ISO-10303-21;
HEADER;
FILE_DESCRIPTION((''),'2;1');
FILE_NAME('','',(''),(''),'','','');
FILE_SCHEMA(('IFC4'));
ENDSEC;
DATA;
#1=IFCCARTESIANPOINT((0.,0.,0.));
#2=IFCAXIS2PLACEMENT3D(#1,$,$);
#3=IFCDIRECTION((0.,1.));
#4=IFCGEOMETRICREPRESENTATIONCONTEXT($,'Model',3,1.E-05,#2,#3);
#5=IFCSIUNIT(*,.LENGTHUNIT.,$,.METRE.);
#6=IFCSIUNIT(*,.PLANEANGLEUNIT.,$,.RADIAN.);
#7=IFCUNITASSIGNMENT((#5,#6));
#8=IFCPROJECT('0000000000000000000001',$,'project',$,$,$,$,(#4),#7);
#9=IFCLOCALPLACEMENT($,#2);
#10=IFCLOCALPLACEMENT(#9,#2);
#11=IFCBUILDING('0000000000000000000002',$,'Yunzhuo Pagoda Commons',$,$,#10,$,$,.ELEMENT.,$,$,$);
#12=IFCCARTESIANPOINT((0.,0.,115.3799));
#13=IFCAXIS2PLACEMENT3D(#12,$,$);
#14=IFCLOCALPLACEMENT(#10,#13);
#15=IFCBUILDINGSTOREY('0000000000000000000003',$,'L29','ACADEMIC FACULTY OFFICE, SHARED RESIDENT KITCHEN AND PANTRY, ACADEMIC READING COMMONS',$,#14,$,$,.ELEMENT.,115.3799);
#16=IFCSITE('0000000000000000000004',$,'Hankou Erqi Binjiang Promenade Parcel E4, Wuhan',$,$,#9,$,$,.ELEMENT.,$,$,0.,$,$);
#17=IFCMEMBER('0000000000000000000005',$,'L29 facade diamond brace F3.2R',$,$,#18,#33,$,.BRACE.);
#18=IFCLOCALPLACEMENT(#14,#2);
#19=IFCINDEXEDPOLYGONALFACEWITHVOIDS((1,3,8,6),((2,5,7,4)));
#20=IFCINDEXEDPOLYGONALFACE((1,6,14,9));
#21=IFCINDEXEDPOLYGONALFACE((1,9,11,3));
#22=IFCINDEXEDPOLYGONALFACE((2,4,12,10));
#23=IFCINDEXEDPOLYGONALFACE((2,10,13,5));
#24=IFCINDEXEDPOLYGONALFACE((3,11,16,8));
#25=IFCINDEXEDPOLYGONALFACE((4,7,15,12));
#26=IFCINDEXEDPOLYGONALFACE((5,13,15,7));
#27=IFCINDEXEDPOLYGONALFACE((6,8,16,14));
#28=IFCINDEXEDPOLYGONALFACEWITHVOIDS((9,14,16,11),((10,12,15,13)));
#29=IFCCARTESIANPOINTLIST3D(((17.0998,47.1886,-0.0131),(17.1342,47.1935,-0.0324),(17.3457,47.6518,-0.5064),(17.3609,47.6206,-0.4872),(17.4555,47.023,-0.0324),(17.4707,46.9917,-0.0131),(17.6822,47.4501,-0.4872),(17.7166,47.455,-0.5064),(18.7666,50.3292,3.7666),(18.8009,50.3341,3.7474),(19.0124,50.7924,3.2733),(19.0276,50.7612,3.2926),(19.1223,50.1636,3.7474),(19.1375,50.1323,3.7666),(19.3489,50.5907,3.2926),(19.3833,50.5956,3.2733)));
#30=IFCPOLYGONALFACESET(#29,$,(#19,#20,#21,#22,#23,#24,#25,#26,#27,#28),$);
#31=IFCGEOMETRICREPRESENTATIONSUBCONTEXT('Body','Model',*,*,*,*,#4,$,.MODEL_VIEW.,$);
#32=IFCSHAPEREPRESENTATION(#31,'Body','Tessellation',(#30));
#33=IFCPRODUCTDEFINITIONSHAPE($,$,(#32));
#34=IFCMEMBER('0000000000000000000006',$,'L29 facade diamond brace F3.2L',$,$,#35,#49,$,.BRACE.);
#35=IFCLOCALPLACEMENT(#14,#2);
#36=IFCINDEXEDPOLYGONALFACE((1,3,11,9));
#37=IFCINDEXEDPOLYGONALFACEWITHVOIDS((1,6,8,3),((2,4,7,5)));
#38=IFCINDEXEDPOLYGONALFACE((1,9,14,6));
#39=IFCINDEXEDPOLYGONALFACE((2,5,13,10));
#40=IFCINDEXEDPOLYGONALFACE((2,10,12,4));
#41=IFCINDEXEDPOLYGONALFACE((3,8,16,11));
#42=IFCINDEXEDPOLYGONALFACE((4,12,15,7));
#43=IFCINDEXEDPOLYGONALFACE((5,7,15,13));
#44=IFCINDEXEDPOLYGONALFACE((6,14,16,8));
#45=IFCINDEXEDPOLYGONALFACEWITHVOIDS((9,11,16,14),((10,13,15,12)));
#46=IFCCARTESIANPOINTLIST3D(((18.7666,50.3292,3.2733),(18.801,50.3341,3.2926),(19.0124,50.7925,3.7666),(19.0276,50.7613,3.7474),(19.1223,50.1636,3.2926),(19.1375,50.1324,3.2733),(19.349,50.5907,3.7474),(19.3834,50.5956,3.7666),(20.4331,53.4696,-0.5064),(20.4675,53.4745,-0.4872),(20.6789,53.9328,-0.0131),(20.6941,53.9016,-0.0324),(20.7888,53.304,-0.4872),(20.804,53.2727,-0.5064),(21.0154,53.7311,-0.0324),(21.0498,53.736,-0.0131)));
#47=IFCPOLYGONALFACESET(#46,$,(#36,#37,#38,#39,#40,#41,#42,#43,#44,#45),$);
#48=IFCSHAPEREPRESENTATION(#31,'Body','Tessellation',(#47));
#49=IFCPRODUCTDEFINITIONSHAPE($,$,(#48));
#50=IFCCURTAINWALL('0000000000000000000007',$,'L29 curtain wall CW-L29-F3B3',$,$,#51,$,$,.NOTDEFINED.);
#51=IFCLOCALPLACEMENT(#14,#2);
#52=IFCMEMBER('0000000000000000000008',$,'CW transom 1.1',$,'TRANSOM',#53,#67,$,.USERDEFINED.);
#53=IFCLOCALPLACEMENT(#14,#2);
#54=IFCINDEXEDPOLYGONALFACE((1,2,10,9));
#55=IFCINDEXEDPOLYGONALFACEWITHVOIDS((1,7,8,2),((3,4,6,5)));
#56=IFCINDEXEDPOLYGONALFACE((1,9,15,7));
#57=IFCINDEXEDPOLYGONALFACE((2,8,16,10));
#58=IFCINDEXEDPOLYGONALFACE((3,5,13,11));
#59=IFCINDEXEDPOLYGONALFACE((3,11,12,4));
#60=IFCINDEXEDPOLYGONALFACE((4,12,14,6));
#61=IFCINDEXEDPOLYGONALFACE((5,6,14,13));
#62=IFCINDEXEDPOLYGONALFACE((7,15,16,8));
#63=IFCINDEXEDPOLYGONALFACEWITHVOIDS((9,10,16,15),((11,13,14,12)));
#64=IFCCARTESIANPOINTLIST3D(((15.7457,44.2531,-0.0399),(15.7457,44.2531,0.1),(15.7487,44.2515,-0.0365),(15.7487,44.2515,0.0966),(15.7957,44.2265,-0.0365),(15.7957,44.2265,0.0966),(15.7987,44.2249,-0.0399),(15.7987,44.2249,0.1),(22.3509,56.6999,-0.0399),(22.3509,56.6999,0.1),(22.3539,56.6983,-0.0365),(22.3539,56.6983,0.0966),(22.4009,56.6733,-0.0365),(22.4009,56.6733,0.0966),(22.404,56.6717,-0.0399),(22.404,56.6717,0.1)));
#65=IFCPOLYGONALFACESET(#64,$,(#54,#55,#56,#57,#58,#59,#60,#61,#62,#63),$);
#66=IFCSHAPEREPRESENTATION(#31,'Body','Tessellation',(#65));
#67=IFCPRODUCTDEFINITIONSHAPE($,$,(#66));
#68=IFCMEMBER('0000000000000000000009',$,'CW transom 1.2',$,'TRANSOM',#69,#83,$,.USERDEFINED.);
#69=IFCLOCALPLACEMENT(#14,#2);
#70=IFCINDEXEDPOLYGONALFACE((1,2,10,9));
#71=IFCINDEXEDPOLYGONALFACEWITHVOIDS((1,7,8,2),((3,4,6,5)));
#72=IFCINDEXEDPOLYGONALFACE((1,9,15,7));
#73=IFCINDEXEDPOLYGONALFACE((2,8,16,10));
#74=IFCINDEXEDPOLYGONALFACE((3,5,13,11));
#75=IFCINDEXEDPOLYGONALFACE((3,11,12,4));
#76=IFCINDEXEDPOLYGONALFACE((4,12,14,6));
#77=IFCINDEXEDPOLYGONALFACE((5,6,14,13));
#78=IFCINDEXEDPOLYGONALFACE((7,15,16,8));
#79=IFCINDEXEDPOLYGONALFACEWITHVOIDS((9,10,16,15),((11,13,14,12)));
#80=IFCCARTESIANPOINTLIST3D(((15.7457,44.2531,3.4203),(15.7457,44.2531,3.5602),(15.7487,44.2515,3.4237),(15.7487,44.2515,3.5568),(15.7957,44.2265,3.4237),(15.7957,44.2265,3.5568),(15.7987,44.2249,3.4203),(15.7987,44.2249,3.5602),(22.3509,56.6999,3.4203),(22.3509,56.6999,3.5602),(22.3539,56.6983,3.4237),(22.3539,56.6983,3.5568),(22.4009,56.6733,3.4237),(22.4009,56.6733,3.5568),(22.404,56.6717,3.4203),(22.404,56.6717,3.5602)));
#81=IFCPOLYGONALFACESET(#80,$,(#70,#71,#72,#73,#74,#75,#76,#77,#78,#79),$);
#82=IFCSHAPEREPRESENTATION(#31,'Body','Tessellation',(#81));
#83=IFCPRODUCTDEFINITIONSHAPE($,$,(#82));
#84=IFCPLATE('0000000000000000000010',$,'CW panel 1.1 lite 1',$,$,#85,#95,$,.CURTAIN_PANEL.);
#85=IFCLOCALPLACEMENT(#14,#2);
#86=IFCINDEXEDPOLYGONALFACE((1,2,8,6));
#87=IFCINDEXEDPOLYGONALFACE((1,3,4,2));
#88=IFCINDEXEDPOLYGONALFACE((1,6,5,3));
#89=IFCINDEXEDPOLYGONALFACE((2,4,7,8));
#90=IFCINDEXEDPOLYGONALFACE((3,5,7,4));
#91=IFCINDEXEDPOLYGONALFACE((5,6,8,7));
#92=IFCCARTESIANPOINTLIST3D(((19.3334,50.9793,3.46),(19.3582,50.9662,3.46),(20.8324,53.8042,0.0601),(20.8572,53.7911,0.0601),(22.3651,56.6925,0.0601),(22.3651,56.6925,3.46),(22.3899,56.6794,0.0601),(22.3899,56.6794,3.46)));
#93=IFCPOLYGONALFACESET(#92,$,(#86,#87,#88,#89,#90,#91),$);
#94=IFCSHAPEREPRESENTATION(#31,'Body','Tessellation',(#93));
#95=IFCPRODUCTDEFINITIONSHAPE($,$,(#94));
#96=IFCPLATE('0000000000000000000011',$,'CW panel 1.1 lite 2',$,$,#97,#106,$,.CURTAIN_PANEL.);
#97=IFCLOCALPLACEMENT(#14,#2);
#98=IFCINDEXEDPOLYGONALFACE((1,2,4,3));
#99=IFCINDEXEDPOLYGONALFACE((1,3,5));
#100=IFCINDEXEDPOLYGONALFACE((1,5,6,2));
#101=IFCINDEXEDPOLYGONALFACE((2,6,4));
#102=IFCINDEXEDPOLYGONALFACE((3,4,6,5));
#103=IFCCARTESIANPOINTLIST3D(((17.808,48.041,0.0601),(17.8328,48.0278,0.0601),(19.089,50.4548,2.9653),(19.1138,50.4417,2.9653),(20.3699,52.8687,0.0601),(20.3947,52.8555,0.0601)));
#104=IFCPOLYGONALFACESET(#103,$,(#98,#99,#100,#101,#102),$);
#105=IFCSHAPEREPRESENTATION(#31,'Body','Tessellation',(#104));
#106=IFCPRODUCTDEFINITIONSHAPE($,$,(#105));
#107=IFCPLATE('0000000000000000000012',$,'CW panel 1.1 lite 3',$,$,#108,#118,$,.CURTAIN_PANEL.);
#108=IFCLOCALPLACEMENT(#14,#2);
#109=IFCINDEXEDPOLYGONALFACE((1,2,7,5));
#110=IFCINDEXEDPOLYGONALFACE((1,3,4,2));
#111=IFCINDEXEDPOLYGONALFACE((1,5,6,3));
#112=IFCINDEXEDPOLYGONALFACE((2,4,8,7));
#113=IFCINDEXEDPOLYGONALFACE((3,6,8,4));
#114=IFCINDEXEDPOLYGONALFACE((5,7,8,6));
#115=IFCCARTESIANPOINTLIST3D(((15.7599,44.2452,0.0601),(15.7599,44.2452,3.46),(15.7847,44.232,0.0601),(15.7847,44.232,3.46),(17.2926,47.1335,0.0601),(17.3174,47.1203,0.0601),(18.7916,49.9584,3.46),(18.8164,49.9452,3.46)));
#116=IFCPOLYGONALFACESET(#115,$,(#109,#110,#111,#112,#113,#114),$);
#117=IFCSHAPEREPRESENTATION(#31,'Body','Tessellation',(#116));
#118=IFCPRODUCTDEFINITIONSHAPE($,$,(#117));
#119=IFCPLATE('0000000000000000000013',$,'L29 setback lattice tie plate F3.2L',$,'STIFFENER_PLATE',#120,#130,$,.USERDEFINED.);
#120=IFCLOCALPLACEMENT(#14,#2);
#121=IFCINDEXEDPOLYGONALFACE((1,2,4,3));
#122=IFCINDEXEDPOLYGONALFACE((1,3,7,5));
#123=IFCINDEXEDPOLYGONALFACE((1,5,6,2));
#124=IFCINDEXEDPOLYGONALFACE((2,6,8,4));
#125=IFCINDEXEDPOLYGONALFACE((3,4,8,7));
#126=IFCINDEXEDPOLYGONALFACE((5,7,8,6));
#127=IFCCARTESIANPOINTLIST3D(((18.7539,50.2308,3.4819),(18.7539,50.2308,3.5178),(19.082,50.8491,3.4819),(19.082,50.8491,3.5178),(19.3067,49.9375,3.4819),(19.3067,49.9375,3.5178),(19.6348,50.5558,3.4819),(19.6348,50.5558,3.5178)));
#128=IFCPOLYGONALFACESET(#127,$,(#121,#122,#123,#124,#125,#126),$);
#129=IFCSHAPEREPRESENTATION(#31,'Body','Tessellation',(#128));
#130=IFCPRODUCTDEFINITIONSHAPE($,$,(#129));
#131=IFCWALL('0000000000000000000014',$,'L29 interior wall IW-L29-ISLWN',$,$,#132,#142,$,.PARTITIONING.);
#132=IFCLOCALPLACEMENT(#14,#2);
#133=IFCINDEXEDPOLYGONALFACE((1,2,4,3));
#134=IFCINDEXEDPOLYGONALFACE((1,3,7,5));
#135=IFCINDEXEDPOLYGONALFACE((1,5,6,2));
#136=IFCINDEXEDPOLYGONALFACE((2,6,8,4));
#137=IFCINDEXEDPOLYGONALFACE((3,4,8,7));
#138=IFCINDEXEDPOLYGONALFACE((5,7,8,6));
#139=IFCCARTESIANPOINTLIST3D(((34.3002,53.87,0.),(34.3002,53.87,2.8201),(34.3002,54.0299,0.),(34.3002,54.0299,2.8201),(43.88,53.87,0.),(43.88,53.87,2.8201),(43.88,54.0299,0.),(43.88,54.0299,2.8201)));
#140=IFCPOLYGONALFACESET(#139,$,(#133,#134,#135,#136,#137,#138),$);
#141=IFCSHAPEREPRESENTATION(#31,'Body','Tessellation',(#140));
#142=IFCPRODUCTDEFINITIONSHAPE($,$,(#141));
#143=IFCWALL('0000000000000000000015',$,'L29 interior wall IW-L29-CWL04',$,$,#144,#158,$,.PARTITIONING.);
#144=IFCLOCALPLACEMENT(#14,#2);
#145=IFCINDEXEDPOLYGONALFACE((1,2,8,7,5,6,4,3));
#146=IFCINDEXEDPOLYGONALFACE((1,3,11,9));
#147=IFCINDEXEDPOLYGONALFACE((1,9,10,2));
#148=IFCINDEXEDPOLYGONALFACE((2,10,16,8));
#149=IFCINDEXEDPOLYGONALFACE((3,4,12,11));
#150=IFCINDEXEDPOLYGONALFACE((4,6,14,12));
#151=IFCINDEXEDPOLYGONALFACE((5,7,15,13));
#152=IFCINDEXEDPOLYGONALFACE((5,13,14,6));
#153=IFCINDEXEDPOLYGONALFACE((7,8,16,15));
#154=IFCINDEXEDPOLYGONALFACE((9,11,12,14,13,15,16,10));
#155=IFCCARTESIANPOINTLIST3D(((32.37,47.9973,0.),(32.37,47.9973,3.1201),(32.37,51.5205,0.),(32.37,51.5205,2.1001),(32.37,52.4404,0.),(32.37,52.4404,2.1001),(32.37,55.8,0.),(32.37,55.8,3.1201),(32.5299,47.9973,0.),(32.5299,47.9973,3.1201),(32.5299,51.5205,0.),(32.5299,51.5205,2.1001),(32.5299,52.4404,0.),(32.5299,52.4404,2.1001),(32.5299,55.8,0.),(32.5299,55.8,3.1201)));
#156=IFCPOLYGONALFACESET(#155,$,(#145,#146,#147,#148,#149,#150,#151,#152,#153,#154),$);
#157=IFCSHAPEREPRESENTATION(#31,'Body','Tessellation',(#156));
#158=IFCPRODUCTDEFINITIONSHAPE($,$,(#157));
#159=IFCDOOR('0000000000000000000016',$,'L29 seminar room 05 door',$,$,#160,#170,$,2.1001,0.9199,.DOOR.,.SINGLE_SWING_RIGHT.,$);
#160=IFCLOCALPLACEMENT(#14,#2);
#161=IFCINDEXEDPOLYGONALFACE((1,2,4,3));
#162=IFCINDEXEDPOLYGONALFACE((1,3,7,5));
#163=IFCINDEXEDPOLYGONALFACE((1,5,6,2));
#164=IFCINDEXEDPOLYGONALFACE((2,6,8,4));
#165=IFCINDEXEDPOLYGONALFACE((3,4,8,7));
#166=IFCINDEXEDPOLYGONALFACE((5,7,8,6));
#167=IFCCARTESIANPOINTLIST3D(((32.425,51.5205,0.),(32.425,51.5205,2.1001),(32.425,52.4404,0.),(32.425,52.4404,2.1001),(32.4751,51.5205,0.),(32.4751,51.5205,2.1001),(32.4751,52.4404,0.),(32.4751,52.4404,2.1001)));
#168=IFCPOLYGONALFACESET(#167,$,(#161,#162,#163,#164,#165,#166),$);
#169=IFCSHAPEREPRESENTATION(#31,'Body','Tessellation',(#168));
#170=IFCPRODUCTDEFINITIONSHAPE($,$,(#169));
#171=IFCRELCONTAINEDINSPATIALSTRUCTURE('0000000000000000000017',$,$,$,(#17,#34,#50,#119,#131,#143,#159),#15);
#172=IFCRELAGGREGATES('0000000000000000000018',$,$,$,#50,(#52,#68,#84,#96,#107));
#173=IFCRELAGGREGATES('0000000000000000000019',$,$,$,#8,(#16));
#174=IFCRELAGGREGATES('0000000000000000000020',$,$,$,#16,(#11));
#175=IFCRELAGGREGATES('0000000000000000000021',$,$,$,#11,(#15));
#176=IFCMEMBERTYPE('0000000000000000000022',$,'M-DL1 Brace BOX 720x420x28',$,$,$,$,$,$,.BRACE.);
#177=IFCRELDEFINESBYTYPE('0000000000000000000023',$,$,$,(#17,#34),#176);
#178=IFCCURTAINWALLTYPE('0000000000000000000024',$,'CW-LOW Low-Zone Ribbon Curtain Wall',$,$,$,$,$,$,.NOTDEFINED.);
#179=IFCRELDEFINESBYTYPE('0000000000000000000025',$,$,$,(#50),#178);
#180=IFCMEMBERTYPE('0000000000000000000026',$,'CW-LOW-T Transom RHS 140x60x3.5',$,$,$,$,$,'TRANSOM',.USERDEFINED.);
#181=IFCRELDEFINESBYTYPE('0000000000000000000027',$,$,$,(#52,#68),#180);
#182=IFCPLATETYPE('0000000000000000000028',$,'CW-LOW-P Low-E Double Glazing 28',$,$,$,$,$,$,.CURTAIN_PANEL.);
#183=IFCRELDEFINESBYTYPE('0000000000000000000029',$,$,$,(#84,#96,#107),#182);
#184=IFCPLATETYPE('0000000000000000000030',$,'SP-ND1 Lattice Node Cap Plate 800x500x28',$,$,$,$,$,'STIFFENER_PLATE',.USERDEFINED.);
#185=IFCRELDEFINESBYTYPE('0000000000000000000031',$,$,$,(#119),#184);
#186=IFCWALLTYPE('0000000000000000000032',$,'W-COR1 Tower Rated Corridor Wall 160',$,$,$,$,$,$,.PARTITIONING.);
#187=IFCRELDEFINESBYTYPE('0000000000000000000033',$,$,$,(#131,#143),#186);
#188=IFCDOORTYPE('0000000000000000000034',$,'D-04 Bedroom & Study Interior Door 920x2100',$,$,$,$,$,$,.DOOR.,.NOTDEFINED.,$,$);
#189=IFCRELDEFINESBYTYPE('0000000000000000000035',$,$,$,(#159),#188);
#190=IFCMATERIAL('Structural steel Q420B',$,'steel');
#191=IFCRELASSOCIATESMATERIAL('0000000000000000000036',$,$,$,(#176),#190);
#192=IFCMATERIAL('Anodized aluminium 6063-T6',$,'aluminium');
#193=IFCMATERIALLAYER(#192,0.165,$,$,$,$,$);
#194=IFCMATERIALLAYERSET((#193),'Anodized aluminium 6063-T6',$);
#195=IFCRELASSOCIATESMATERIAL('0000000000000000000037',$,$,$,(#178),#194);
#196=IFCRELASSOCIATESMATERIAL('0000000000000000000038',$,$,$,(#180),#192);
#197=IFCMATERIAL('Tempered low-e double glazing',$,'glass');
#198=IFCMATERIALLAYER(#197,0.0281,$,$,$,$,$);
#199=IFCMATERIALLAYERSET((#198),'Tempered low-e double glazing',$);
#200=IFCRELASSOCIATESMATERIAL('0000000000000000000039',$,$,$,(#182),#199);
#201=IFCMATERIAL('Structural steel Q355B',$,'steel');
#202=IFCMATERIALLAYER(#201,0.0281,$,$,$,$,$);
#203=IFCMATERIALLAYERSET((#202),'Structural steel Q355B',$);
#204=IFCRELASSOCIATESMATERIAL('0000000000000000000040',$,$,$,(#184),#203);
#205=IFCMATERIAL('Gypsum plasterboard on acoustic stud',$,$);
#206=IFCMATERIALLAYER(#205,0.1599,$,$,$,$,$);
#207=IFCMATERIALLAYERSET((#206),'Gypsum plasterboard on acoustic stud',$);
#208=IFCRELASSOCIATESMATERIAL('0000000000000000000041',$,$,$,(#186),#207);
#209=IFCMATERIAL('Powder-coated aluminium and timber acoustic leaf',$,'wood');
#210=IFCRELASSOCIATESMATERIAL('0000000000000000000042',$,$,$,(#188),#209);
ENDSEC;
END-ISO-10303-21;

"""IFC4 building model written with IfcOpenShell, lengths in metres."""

from ifc_helpers import new_model, si_unit, direction, frame, frame_2d, origin, origin_with_axes, origin_2d, place, context, subcontext, project, spatial, polyline, rectangle, hollow_rectangle, outline, extrude, source, transform, mapped, material, layer, layer_set, material_profile, profile_set, type_object, element, fill, aggregate, save


model = new_model("IFC4")

# Units and contexts
model_context = context("Model", 3, precision=1e-05, world=origin(), true_north=direction((0.0, 1.0)))
body_context = subcontext(model_context, "Body", "Model", "MODEL_VIEW")
ifc_project = project(units=[si_unit("LENGTHUNIT", "METRE"), si_unit("PLANEANGLEUNIT", "RADIAN")], contexts=[model_context])

# Site, building, storey
site_placement = place(None, origin())
site = spatial("IfcSite", under=ifc_project, at=site_placement, Name="Hankou Erqi Binjiang Promenade Parcel E4, Wuhan", CompositionType="ELEMENT", RefElevation=0.0)
building_placement = place(site_placement, origin())
building = spatial("IfcBuilding", under=site, at=building_placement, Name="Yunzhuo Pagoda Commons", CompositionType="ELEMENT")
storey_placement = place(building_placement, frame((0.0, 0.0, 115.3799)))
storey = spatial("IfcBuildingStorey", under=building, at=storey_placement, Name="L29", Description="ACADEMIC FACULTY OFFICE, SHARED RESIDENT KITCHEN AND PANTRY, ACADEMIC READING COMMONS", CompositionType="ELEMENT", Elevation=115.3799)

# Shared definitions
ifc_material_1 = material(Name="Structural steel Q420B", Category="steel")

# Shared definitions
ifc_material_2 = material(Name="Structural steel Q355B", Category="steel")

# Members
ifc_material_profile_1 = material_profile(ifc_material_1, hollow_rectangle(XDim=0.4199, YDim=0.72, WallThickness=0.0281, at=origin_2d()), Name="Structural steel Q420B")
ifc_profile_set_1 = profile_set([ifc_material_profile_1], Name="Structural steel Q420B")
member_type_1 = type_object("IfcMemberType", Name="M-DL1 Brace BOX 720x420x28", PredefinedType="BRACE", material=ifc_profile_set_1)
shared_shape_1 = source(origin(), body_context, "Body", "SweptSolid", [
    extrude(hollow_rectangle(XDim=0.4199, YDim=0.72, WallThickness=0.0281, at=origin_2d()), origin(), (0.0, 0.0, 1.0), 5.1892),
])
member_1_placement = place(storey_placement, frame((17.4082, 47.3218, -0.2598), z_axis=(0.321192, 0.605217, 0.728387), x_axis=(-0.883315, 0.46878, 0.0)))
element("IfcMember", 1, at=member_1_placement, inside=storey, type_object=member_type_1, Name="L29 facade diamond brace F3.2R", PredefinedType="BRACE", context=body_context, shape_type="MappedRepresentation", body=[
    mapped(shared_shape_1, transform((0.0, 0.0, 0.0), scale=1.0)),
])
shared_shape_2 = source(origin(), body_context, "Body", "SweptSolid", [
    extrude(hollow_rectangle(XDim=0.4199, YDim=0.72, WallThickness=0.0281, at=origin_2d()), origin(), (0.0, 0.0, 1.0), 5.189),
])
member_2_placement = place(storey_placement, frame((20.7415, 53.6028, -0.2598), z_axis=(-0.321159, -0.605196, 0.728419), x_axis=(0.883328, -0.468755, 0.0)))
element("IfcMember", 2, at=member_2_placement, inside=storey, type_object=member_type_1, Name="L29 facade diamond brace F3.2L", PredefinedType="BRACE", context=body_context, shape_type="MappedRepresentation", body=[
    mapped(shared_shape_2, transform((0.0, 0.0, 0.0), scale=1.0)),
])

# Curtain wall, members, plates
ifc_material_3 = material(Name="Anodized aluminium 6063-T6", Category="aluminium")
ifc_layer_1 = layer(ifc_material_3, 0.165)
ifc_layer_set_1 = layer_set([ifc_layer_1], Name="Anodized aluminium 6063-T6")
curtain_wall_type = type_object("IfcCurtainWallType", Name="CW-LOW Low-Zone Ribbon Curtain Wall", PredefinedType="NOTDEFINED", material=ifc_layer_set_1)
curtain_wall_placement = place(storey_placement, origin())
curtain_wall = element("IfcCurtainWall", 3, at=curtain_wall_placement, inside=storey, type_object=curtain_wall_type, Name="L29 curtain wall CW-L29-F3B3", PredefinedType="NOTDEFINED")
ifc_material_profile_2 = material_profile(ifc_material_3, hollow_rectangle(XDim=0.0601, YDim=0.1399, WallThickness=0.0034, at=origin_2d()), Name="Anodized aluminium 6063-T6")
ifc_profile_set_2 = profile_set([ifc_material_profile_2], Name="Anodized aluminium 6063-T6")
member_type_2 = type_object("IfcMemberType", Name="CW-LOW-T Transom RHS 140x60x3.5", ElementType="TRANSOM", PredefinedType="USERDEFINED", material=ifc_profile_set_2)
shared_shape_3 = source(origin(), body_context, "Body", "SweptSolid", [
    extrude(hollow_rectangle(XDim=0.0601, YDim=0.1399, WallThickness=0.0034, at=origin_2d()), origin(), (0.0, 0.0, 1.0), 14.0908),
])
member_3_placement = place(storey_placement, frame((22.3774, 56.6858, 0.03), z_axis=(-0.468761, -0.883325, 0.0), x_axis=(0.883325, -0.468761, 0.0)))
member_3 = element("IfcMember", 4, at=member_3_placement, type_object=member_type_2, Name="CW transom 1.1", ObjectType="TRANSOM", PredefinedType="USERDEFINED", context=body_context, shape_type="MappedRepresentation", body=[
    mapped(shared_shape_3, transform((0.0, 0.0, 0.0), scale=1.0)),
])
member_4_placement = place(storey_placement, frame((22.3774, 56.6858, 3.4902), z_axis=(-0.468761, -0.883325, 0.0), x_axis=(0.883325, -0.468761, 0.0)))
member_4 = element("IfcMember", 5, at=member_4_placement, type_object=member_type_2, Name="CW transom 1.2", ObjectType="TRANSOM", PredefinedType="USERDEFINED", context=body_context, shape_type="MappedRepresentation", body=[
    mapped(shared_shape_3, transform((0.0, 0.0, 0.0), scale=1.0)),
])
ifc_material_4 = material(Name="Tempered low-e double glazing", Category="glass")
ifc_layer_2 = layer(ifc_material_4, 0.0281)
ifc_layer_set_2 = layer_set([ifc_layer_2], Name="Tempered low-e double glazing")
plate_type_1 = type_object("IfcPlateType", Name="CW-LOW-P Low-E Double Glazing 28", PredefinedType="CURTAIN_PANEL", material=ifc_layer_set_2)
plate_1_placement = place(storey_placement, frame((20.874, 53.8228, 1.76), z_axis=(-0.883333, 0.468746, 0.0), x_axis=(-0.468746, -0.883333, 0.0)))
plate_1 = element("IfcPlate", 6, at=plate_1_placement, type_object=plate_type_1, Name="CW panel 1.1 lite 1", PredefinedType="CURTAIN_PANEL", context=body_context, shape_type="SweptSolid", body=[
    extrude(outline(polyline([(-3.2339, -1.7), (0.0359, -1.7), (3.2339, 1.7), (-3.2339, 1.7), (-3.2339, -1.7)])), origin(), (0.0, 0.0, 1.0), 0.0281),
])
plate_2_placement = place(storey_placement, frame((19.1138, 50.4417, 1.5127), z_axis=(-0.883333, 0.468746, 0.0), x_axis=(-0.468746, -0.883333, 0.0)))
plate_2 = element("IfcPlate", 7, at=plate_2_placement, type_object=plate_type_1, Name="CW panel 1.1 lite 2", PredefinedType="CURTAIN_PANEL", context=body_context, shape_type="SweptSolid", body=[
    extrude(outline(polyline([(-2.7327, -1.4526), (2.7327, -1.4526), (0.0, 1.4526), (-2.7327, -1.4526)])), origin(), (0.0, 0.0, 1.0), 0.0281),
])
plate_3_placement = place(storey_placement, frame((17.3005, 47.0886, 1.76), z_axis=(-0.883333, 0.468746, 0.0), x_axis=(-0.468746, -0.883333, 0.0)))
plate_3 = element("IfcPlate", 8, at=plate_3_placement, type_object=plate_type_1, Name="CW panel 1.1 lite 3", PredefinedType="CURTAIN_PANEL", context=body_context, shape_type="SweptSolid", body=[
    extrude(outline(polyline([(-3.2339, 1.7), (-0.0359, -1.7), (3.2339, -1.7), (3.2339, 1.7), (-3.2339, 1.7)])), origin(), (0.0, 0.0, 1.0), 0.0281),
])
aggregate(curtain_wall, [member_3, member_4, plate_1, plate_2, plate_3])

# Plate
ifc_layer_3 = layer(ifc_material_2, 0.0281)
ifc_layer_set_3 = layer_set([ifc_layer_3], Name="Structural steel Q355B")
plate_type_2 = type_object("IfcPlateType", Name="SP-ND1 Lattice Node Cap Plate 800x500x28", ElementType="STIFFENER_PLATE", PredefinedType="USERDEFINED", material=ifc_layer_set_3)
shared_shape_4 = source(origin(), body_context, "Body", "SweptSolid", [
    extrude(rectangle(XDim=0.7, YDim=0.6257, at=origin_2d()), origin(), (0.0, 0.0, 1.0), 0.0359),
])
plate_4_placement = place(storey_placement, frame((19.1943, 50.3933, 3.4819), z_axis=(0.0, 0.0, 1.0), x_axis=(-0.468747, -0.883332, 0.0)))
element("IfcPlate", 9, at=plate_4_placement, inside=storey, type_object=plate_type_2, Name="L29 setback lattice tie plate F3.2L", ObjectType="STIFFENER_PLATE", PredefinedType="USERDEFINED", context=body_context, shape_type="MappedRepresentation", body=[
    mapped(shared_shape_4, transform((0.0, 0.0, 0.0), scale=1.0)),
])

# Wall
ifc_material_5 = material(Name="Gypsum plasterboard on acoustic stud")
ifc_layer_4 = layer(ifc_material_5, 0.1599)
ifc_layer_set_4 = layer_set([ifc_layer_4], Name="Gypsum plasterboard on acoustic stud")
wall_type_1 = type_object("IfcWallType", Name="W-COR1 Tower Rated Corridor Wall 160", PredefinedType="PARTITIONING", material=ifc_layer_set_4)
wall_1_placement = place(storey_placement, frame((34.3, 53.95, 0.0), z_axis=(0.0, 0.0, 1.0), x_axis=(1.0, 0.0, 0.0)))
element("IfcWall", 10, at=wall_1_placement, inside=storey, type_object=wall_type_1, Name="L29 interior wall IW-L29-ISLWN", PredefinedType="PARTITIONING", context=body_context, shape_type="SweptSolid", body=[
    extrude(rectangle(XDim=9.5798, YDim=0.1599, at=frame_2d((4.79, 0.0))), origin(), (0.0, 0.0, 1.0), 2.8201),
])

# Wall, opening, door
wall_2_placement = place(storey_placement, frame((32.45, 47.9973, 0.0), z_axis=(0.0, 0.0, 1.0), x_axis=(0.0, 1.0, 0.0)))
wall_2 = element("IfcWall", 11, at=wall_2_placement, inside=storey, type_object=wall_type_1, Name="L29 interior wall IW-L29-CWL04", PredefinedType="PARTITIONING", context=body_context, shape_type="SweptSolid", body=[
    extrude(rectangle(XDim=7.8027, YDim=0.1599, at=frame_2d((3.9014, 0.0))), origin(), (0.0, 0.0, 1.0), 3.1201),
])
opening_1_placement = place(wall_2_placement, frame((3.5232, 0.0, 0.0)))
opening_1 = element("IfcOpeningElement", 12, at=opening_1_placement, cuts=wall_2, PredefinedType="OPENING", context=body_context, shape_type="SweptSolid", body=[
    extrude(rectangle(XDim=0.9199, YDim=2.1001, at=frame_2d((0.46, 1.05))), frame((0.0, 0.0898, 0.0), z_axis=(0.0, -1.0, 0.0), x_axis=(1.0, 0.0, 0.0)), (0.0, 0.0, 1.0), 0.1799),
])
ifc_material_6 = material(Name="Powder-coated aluminium and timber acoustic leaf", Category="wood")
door_type_1 = type_object("IfcDoorType", Name="D-04 Bedroom & Study Interior Door 920x2100", OperationType="NOTDEFINED", PredefinedType="DOOR", material=ifc_material_6)
shared_shape_5 = source(origin(), body_context, "Body", "SweptSolid", [
    extrude(rectangle(XDim=0.9199, YDim=2.1001, at=frame_2d((0.46, 1.05))), frame((0.0, 0.0249, 0.0), z_axis=(0.0, -1.0, 0.0), x_axis=(1.0, 0.0, 0.0)), (0.0, 0.0, 1.0), 0.05),
])
door_1_placement = place(opening_1_placement, origin_with_axes())
door_1 = element("IfcDoor", 13, at=door_1_placement, inside=storey, type_object=door_type_1, Name="L29 seminar room 05 door", OperationType="SINGLE_SWING_RIGHT", OverallHeight=2.1001, OverallWidth=0.9199, PredefinedType="DOOR", context=body_context, shape_type="MappedRepresentation", body=[
    mapped(shared_shape_5, transform((0.0, 0.0, 0.0), scale=1.0)),
])
fill(opening_1, door_1)

save(model, "model.ifc")
